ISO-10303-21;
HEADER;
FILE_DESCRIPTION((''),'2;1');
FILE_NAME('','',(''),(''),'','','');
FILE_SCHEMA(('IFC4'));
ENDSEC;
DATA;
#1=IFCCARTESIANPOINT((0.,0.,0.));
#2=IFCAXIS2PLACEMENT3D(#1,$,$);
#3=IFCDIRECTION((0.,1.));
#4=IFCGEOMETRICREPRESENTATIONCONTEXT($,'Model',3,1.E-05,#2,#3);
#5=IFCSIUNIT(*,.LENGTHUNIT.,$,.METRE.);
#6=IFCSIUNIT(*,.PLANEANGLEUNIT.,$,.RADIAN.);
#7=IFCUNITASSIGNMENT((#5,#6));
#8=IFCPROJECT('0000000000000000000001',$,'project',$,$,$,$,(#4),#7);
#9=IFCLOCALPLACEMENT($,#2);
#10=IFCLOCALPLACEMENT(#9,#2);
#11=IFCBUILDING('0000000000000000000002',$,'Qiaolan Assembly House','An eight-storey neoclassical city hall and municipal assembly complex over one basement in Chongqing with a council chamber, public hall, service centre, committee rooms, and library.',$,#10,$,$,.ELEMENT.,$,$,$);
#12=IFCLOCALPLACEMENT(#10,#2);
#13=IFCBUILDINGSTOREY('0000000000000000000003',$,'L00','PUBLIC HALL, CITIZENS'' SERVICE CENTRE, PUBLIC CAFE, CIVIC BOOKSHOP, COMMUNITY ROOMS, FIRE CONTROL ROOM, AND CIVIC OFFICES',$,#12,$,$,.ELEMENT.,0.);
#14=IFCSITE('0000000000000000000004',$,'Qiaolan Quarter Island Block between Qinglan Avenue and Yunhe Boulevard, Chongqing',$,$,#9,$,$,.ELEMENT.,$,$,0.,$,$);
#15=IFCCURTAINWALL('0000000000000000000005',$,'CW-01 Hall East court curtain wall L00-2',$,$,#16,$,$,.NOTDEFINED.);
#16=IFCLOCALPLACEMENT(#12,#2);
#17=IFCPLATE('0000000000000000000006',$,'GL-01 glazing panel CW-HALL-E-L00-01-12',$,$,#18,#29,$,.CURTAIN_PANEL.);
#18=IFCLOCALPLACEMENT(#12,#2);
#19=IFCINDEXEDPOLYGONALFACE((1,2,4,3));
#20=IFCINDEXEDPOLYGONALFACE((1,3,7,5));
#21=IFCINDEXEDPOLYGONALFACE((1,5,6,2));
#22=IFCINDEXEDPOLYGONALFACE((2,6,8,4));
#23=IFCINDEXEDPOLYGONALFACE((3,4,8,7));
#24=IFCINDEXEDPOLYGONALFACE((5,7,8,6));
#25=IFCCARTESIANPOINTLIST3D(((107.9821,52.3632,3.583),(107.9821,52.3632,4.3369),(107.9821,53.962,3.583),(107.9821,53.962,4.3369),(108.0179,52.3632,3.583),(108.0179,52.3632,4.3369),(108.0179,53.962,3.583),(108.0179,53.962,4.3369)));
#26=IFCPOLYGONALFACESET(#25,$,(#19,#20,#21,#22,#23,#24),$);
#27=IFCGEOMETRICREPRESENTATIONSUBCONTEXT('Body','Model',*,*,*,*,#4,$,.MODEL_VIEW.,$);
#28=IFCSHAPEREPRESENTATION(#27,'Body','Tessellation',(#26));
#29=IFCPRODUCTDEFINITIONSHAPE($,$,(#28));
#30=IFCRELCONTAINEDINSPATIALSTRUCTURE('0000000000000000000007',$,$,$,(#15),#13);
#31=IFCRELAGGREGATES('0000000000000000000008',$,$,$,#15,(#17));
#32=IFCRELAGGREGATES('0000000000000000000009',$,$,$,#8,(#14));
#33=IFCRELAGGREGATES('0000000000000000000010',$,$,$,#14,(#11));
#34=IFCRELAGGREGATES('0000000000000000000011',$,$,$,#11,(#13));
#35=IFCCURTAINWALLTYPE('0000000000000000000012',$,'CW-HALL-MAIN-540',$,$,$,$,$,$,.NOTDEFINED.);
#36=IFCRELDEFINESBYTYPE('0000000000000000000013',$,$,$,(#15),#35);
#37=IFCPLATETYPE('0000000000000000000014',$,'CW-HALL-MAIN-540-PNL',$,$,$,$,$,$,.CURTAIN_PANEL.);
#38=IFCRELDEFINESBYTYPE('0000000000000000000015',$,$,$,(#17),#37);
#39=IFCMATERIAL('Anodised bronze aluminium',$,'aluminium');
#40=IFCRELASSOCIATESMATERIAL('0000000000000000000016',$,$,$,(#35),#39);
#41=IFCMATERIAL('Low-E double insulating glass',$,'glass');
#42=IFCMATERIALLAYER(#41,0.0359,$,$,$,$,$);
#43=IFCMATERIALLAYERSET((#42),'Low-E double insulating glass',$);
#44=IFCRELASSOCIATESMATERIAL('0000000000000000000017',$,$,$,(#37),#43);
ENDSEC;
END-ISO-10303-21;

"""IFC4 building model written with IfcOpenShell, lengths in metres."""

from ifc_helpers import new_model, si_unit, direction, frame, frame_2d, origin, place, context, subcontext, project, spatial, rectangle, extrude, material, layer, layer_set, type_object, element, aggregate, save


model = new_model("IFC4")

# Units and contexts
model_context = context("Model", 3, precision=1e-05, world=origin(), true_north=direction((0.0, 1.0)))
body_context = subcontext(model_context, "Body", "Model", "MODEL_VIEW")
ifc_project = project(units=[si_unit("LENGTHUNIT", "METRE"), si_unit("PLANEANGLEUNIT", "RADIAN")], contexts=[model_context])

# Site, building, storey
site_placement = place(None, origin())
site = spatial("IfcSite", under=ifc_project, at=site_placement, Name="Qiaolan Quarter Island Block between Qinglan Avenue and Yunhe Boulevard, Chongqing", CompositionType="ELEMENT", RefElevation=0.0)
building_placement = place(site_placement, origin())
building = spatial("IfcBuilding", under=site, at=building_placement, Name="Qiaolan Assembly House", Description="An eight-storey neoclassical city hall and municipal assembly complex over one basement in Chongqing with a council chamber, public hall, service centre, committee rooms, and library.", CompositionType="ELEMENT")
storey_placement = place(building_placement, origin())
storey = spatial("IfcBuildingStorey", under=building, at=storey_placement, Name="L00", Description="PUBLIC HALL, CITIZENS' SERVICE CENTRE, PUBLIC CAFE, CIVIC BOOKSHOP, COMMUNITY ROOMS, FIRE CONTROL ROOM, AND CIVIC OFFICES", CompositionType="ELEMENT", Elevation=0.0)

# Curtain wall, plate
ifc_material_1 = material(Name="Anodised bronze aluminium", Category="aluminium")
curtain_wall_type = type_object("IfcCurtainWallType", Name="CW-HALL-MAIN-540", PredefinedType="NOTDEFINED", material=ifc_material_1)
curtain_wall_placement = place(storey_placement, origin())
curtain_wall = element("IfcCurtainWall", 1, at=curtain_wall_placement, inside=storey, type_object=curtain_wall_type, Name="CW-01 Hall East court curtain wall L00-2", PredefinedType="NOTDEFINED")
ifc_material_2 = material(Name="Low-E double insulating glass", Category="glass")
ifc_layer = layer(ifc_material_2, 0.0359)
ifc_layer_set = layer_set([ifc_layer], Name="Low-E double insulating glass")
plate_type = type_object("IfcPlateType", Name="CW-HALL-MAIN-540-PNL", PredefinedType="CURTAIN_PANEL", material=ifc_layer_set)
plate_1_placement = place(storey_placement, frame((108.0, 53.9619, 3.583), z_axis=(0.0, 0.0, 1.0), x_axis=(0.0, -1.0, 0.0)))
plate_1 = element("IfcPlate", 2, at=plate_1_placement, type_object=plate_type, Name="GL-01 glazing panel CW-HALL-E-L00-01-12", PredefinedType="CURTAIN_PANEL", context=body_context, shape_type="SweptSolid", body=[
    extrude(rectangle(XDim=1.5989, YDim=0.0359, at=frame_2d((0.7993, 0.0))), origin(), (0.0, 0.0, 1.0), 0.7539),
])
aggregate(curtain_wall, [plate_1])

save(model, "model.ifc")
